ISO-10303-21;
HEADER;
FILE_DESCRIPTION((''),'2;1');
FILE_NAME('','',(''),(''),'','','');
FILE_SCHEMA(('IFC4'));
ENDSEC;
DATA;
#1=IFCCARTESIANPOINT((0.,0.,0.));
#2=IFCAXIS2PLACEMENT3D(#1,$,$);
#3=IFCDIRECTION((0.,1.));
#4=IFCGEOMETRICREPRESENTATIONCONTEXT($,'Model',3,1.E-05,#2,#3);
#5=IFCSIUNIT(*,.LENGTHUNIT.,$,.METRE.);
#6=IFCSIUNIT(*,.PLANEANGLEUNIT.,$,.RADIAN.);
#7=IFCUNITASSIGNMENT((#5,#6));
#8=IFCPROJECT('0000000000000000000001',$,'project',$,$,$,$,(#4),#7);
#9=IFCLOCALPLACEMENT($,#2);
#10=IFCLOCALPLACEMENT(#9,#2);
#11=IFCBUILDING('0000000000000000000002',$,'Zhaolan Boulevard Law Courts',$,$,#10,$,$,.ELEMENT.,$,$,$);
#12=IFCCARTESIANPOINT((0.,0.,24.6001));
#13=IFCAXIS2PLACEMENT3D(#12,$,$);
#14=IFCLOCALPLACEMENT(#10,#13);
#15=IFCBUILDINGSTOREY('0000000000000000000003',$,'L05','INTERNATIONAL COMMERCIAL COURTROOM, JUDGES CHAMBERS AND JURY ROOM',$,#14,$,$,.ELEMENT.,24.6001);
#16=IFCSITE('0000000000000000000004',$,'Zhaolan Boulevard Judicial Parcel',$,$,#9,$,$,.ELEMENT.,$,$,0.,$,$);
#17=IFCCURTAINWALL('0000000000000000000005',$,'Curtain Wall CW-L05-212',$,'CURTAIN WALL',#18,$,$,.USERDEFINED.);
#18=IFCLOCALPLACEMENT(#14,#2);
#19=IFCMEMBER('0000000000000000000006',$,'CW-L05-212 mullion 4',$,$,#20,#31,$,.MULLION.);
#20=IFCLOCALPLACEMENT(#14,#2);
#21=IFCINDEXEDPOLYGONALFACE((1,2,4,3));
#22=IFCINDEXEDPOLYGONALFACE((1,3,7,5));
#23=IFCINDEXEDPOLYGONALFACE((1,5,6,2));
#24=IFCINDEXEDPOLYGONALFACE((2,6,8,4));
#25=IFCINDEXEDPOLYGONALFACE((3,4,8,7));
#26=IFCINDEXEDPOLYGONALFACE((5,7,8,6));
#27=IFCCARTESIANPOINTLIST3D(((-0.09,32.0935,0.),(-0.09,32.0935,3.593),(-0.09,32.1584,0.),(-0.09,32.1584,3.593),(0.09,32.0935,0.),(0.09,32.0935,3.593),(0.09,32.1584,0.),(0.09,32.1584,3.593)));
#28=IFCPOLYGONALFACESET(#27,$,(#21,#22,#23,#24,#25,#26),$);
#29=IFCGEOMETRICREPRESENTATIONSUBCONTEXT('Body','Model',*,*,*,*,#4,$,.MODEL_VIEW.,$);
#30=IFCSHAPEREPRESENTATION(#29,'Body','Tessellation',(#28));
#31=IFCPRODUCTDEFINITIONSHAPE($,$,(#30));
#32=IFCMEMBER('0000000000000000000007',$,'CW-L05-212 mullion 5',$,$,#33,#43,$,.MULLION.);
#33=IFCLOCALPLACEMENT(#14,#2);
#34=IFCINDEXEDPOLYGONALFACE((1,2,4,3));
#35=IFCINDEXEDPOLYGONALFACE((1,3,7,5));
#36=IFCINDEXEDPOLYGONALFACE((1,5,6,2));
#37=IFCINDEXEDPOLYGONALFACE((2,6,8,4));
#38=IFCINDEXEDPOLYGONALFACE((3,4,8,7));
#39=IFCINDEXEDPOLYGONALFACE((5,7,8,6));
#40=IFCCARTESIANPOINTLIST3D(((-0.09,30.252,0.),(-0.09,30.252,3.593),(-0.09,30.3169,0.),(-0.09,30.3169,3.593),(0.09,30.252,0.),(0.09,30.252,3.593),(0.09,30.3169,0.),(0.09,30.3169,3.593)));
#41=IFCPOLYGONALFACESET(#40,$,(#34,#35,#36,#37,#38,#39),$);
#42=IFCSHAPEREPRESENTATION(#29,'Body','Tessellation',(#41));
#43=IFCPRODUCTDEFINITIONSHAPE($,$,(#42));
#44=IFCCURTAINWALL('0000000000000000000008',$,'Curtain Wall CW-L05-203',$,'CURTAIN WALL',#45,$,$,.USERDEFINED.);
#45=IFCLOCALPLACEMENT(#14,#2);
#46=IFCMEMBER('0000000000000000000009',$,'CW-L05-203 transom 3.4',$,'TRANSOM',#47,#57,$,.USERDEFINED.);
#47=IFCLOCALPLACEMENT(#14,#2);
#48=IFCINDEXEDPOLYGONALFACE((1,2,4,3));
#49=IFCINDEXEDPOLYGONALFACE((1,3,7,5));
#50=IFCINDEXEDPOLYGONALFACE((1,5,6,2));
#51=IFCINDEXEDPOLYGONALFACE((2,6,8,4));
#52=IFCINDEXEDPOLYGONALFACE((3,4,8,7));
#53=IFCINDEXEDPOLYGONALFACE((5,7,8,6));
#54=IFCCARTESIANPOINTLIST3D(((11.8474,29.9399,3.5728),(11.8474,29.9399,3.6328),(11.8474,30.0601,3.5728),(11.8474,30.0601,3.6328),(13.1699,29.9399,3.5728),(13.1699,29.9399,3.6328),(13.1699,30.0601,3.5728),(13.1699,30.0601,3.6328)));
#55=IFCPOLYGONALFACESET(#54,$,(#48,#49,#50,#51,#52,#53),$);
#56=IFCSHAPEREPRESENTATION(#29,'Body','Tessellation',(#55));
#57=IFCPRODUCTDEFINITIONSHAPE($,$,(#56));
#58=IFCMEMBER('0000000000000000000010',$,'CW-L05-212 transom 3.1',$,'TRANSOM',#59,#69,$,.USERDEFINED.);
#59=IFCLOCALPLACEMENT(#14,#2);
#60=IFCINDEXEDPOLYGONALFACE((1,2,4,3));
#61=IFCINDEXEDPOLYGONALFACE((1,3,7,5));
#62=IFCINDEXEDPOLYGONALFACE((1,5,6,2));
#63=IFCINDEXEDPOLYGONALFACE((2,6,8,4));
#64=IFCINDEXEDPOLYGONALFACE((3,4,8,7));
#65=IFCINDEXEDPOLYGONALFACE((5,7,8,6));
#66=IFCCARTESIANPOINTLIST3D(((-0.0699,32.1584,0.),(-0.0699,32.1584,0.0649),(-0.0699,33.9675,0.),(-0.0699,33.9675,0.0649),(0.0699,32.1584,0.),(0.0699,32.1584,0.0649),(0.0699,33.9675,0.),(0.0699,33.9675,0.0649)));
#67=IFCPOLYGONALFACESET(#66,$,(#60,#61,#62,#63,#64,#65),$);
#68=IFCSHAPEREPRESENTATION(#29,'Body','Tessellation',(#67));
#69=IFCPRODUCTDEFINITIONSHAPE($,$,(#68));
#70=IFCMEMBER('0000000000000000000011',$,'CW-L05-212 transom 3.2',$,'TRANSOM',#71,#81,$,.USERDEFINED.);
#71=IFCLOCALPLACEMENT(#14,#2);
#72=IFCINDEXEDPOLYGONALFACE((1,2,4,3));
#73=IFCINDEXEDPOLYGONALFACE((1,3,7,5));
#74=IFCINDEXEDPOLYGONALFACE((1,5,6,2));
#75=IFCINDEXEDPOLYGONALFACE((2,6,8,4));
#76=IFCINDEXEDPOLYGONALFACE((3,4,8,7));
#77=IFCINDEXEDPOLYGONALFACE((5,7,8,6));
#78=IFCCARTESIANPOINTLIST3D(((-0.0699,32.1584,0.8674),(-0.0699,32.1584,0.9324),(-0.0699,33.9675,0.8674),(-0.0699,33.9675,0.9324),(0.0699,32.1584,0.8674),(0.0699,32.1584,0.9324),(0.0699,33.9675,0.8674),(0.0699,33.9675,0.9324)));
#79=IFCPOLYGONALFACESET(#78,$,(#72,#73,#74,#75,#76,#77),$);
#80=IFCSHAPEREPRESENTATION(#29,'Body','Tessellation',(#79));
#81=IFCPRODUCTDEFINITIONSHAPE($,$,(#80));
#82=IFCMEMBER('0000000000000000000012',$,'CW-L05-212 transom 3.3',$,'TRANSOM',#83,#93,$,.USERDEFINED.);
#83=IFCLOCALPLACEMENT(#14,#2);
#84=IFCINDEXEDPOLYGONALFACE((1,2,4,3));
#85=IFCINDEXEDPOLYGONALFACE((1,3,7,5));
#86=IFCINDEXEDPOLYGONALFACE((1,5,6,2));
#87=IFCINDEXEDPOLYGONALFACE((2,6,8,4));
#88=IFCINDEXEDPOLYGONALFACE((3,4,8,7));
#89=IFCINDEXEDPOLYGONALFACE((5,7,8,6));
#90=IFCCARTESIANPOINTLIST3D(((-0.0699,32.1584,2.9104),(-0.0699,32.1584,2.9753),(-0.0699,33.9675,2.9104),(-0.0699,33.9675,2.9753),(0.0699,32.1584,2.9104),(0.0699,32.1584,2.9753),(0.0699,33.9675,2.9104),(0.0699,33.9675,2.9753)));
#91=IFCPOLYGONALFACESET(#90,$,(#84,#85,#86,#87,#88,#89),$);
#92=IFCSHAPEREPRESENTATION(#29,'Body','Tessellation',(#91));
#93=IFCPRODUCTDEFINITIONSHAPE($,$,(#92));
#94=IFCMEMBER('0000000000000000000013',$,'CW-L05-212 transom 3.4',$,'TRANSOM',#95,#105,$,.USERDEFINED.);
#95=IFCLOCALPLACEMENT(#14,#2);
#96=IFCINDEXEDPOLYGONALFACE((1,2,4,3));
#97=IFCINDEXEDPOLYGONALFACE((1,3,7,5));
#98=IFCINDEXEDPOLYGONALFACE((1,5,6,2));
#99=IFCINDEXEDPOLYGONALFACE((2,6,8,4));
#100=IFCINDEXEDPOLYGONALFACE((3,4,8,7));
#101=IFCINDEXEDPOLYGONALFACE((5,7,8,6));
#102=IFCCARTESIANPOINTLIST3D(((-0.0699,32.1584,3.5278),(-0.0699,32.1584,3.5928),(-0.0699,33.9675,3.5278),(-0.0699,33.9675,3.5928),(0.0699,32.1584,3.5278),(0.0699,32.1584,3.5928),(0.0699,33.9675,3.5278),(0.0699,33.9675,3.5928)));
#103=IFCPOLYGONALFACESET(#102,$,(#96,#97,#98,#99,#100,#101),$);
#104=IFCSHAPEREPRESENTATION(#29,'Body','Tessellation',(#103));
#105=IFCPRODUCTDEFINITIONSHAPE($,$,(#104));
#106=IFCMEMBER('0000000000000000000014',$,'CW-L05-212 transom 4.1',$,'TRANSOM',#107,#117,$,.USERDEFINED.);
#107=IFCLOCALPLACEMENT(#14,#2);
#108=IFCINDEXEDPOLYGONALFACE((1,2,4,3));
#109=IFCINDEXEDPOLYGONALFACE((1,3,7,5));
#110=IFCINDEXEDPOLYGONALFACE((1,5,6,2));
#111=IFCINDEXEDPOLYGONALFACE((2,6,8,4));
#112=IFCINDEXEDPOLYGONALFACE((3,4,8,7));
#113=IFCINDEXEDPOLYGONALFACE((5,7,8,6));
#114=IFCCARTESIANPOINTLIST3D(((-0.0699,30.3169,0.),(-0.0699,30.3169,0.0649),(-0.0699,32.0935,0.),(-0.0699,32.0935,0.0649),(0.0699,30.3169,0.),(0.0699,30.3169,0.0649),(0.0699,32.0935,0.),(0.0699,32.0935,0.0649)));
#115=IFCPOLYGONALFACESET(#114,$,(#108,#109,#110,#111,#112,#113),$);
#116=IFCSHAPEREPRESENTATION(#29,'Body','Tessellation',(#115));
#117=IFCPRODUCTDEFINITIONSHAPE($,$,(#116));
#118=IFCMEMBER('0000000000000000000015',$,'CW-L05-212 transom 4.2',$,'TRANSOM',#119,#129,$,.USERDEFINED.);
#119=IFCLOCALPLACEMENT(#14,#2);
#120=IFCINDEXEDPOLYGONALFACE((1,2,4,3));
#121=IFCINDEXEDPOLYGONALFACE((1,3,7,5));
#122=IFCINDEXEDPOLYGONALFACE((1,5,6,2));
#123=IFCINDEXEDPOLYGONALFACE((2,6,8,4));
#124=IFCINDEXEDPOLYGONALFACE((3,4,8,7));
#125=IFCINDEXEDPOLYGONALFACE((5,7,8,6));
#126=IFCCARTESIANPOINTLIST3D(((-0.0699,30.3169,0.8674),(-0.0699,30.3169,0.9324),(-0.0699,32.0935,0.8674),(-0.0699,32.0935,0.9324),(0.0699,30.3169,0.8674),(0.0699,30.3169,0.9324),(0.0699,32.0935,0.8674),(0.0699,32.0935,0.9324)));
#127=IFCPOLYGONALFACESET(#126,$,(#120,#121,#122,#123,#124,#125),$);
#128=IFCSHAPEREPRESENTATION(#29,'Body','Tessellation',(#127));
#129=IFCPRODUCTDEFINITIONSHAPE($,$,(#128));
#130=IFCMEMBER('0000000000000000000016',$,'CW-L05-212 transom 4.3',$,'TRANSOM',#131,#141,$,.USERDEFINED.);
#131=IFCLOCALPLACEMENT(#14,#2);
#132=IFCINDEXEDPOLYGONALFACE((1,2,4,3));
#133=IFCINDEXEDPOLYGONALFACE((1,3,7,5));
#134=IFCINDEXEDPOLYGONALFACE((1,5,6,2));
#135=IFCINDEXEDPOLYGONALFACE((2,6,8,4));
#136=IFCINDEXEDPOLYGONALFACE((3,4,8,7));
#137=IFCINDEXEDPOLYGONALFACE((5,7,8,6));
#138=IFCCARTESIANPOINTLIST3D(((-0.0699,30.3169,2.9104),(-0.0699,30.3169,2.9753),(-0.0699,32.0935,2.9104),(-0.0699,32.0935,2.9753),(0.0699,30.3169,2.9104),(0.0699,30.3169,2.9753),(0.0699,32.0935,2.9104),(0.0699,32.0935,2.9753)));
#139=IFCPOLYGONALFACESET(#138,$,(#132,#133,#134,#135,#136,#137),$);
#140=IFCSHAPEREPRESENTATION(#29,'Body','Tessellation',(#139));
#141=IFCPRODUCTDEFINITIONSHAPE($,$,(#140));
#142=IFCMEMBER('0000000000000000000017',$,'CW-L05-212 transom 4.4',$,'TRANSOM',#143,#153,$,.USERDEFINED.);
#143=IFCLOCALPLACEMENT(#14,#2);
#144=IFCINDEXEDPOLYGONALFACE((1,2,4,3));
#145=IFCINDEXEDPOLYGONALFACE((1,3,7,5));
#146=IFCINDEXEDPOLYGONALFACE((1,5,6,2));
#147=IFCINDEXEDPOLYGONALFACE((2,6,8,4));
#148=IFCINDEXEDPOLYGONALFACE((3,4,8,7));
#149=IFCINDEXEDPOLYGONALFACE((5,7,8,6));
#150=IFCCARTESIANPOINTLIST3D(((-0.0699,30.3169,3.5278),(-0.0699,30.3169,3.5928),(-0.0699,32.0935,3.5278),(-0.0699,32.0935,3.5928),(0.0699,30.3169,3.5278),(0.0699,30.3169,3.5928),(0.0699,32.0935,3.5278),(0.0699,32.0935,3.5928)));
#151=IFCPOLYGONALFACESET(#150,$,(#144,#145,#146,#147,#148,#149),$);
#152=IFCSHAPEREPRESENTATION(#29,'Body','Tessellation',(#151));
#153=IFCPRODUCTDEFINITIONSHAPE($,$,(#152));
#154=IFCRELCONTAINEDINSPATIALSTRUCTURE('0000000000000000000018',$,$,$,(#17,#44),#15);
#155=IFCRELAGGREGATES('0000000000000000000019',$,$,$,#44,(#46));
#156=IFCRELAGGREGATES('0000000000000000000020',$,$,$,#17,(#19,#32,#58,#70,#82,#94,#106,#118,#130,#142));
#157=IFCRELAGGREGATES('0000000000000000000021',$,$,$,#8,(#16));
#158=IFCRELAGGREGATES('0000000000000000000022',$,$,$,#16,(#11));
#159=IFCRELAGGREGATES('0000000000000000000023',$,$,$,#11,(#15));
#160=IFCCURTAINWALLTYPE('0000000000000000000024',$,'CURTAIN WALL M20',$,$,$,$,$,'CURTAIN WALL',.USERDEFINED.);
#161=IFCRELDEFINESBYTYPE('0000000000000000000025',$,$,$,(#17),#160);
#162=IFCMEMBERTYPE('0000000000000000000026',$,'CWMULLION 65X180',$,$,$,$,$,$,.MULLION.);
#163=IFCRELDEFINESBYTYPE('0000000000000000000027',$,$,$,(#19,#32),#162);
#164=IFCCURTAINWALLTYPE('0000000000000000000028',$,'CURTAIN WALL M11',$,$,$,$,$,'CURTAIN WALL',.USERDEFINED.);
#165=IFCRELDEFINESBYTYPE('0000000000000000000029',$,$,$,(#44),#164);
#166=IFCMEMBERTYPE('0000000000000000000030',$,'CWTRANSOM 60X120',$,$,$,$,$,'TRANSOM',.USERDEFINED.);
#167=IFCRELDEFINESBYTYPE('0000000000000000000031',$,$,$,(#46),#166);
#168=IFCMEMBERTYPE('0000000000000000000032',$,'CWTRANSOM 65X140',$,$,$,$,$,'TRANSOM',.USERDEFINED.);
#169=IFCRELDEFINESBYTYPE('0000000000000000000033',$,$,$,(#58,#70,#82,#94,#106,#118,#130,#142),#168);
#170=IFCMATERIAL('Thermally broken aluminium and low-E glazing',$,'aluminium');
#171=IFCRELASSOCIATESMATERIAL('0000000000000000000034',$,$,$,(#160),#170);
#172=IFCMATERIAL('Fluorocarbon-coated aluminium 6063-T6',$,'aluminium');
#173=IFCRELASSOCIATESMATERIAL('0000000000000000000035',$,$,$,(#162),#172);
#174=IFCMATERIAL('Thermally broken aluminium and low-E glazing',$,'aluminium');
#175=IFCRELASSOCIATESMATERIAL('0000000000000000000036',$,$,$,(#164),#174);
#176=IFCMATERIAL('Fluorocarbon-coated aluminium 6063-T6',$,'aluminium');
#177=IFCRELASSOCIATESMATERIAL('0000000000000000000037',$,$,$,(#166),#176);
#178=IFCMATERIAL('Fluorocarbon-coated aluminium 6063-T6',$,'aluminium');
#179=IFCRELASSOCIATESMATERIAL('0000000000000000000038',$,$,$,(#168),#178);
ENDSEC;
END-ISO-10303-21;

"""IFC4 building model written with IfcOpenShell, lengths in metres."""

from ifc_helpers import new_model, si_unit, direction, frame, origin, origin_2d, place, context, subcontext, project, spatial, rectangle, extrude, material, material_profile, profile_set, type_object, element, aggregate, save


model = new_model("IFC4")

# Units and contexts
model_context = context("Model", 3, precision=1e-05, world=origin(), true_north=direction((0.0, 1.0)))
body_context = subcontext(model_context, "Body", "Model", "MODEL_VIEW")
ifc_project = project(units=[si_unit("LENGTHUNIT", "METRE"), si_unit("PLANEANGLEUNIT", "RADIAN")], contexts=[model_context])

# Site, building, storey
site_placement = place(None, origin())
site = spatial("IfcSite", under=ifc_project, at=site_placement, Name="Zhaolan Boulevard Judicial Parcel", CompositionType="ELEMENT", RefElevation=0.0)
building_placement = place(site_placement, origin())
building = spatial("IfcBuilding", under=site, at=building_placement, Name="Zhaolan Boulevard Law Courts", CompositionType="ELEMENT")
storey_placement = place(building_placement, frame((0.0, 0.0, 24.6001)))
storey = spatial("IfcBuildingStorey", under=building, at=storey_placement, Name="L05", Description="INTERNATIONAL COMMERCIAL COURTROOM, JUDGES CHAMBERS AND JURY ROOM", CompositionType="ELEMENT", Elevation=24.6001)

# Curtain wall, members
ifc_material_1 = material(Name="Thermally broken aluminium and low-E glazing", Category="aluminium")
curtain_wall_type_1 = type_object("IfcCurtainWallType", Name="CURTAIN WALL M20", ElementType="CURTAIN WALL", PredefinedType="USERDEFINED", material=ifc_material_1)
curtain_wall_1_placement = place(storey_placement, origin())
curtain_wall_1 = element("IfcCurtainWall", 1, at=curtain_wall_1_placement, inside=storey, type_object=curtain_wall_type_1, Name="Curtain Wall CW-L05-212", ObjectType="CURTAIN WALL", PredefinedType="USERDEFINED")
ifc_material_2 = material(Name="Fluorocarbon-coated aluminium 6063-T6", Category="aluminium")
ifc_material_profile_1 = material_profile(ifc_material_2, rectangle(XDim=0.1799, YDim=0.0649, at=origin_2d()), Name="AL65x180")
ifc_profile_set_1 = profile_set([ifc_material_profile_1], Name="Fluorocarbon-coated aluminium 6063-T6")
member_type_1 = type_object("IfcMemberType", Name="CWMULLION 65X180", PredefinedType="MULLION", material=ifc_profile_set_1)
member_1_placement = place(storey_placement, frame((0.0, 32.126, 0.0), z_axis=(0.0, 0.0, 1.0), x_axis=(1.0, 0.0, 0.0)))
member_1 = element("IfcMember", 2, at=member_1_placement, type_object=member_type_1, Name="CW-L05-212 mullion 4", PredefinedType="MULLION", context=body_context, shape_type="SweptSolid", body=[
    extrude(rectangle(XDim=0.1799, YDim=0.0649, at=origin_2d()), origin(), (0.0, 0.0, 1.0), 3.593),
])
member_2_placement = place(storey_placement, frame((0.0, 30.2844, 0.0), z_axis=(0.0, 0.0, 1.0), x_axis=(1.0, 0.0, 0.0)))
member_2 = element("IfcMember", 3, at=member_2_placement, type_object=member_type_1, Name="CW-L05-212 mullion 5", PredefinedType="MULLION", context=body_context, shape_type="SweptSolid", body=[
    extrude(rectangle(XDim=0.1799, YDim=0.0649, at=origin_2d()), origin(), (0.0, 0.0, 1.0), 3.593),
])

# Curtain wall, member
ifc_material_3 = material(Name="Thermally broken aluminium and low-E glazing", Category="aluminium")
curtain_wall_type_2 = type_object("IfcCurtainWallType", Name="CURTAIN WALL M11", ElementType="CURTAIN WALL", PredefinedType="USERDEFINED", material=ifc_material_3)
curtain_wall_2_placement = place(storey_placement, origin())
curtain_wall_2 = element("IfcCurtainWall", 4, at=curtain_wall_2_placement, inside=storey, type_object=curtain_wall_type_2, Name="Curtain Wall CW-L05-203", ObjectType="CURTAIN WALL", PredefinedType="USERDEFINED")
ifc_material_4 = material(Name="Fluorocarbon-coated aluminium 6063-T6", Category="aluminium")
ifc_material_profile_2 = material_profile(ifc_material_4, rectangle(XDim=0.1201, YDim=0.0601, at=origin_2d()), Name="AL60x120")
ifc_profile_set_2 = profile_set([ifc_material_profile_2], Name="Fluorocarbon-coated aluminium 6063-T6")
member_type_2 = type_object("IfcMemberType", Name="CWTRANSOM 60X120", ElementType="TRANSOM", PredefinedType="USERDEFINED", material=ifc_profile_set_2)
member_3_placement = place(storey_placement, frame((11.8474, 30.0, 3.6028), z_axis=(1.0, 0.0, 0.0), x_axis=(0.0, 1.0, 0.0)))
member_3 = element("IfcMember", 5, at=member_3_placement, type_object=member_type_2, Name="CW-L05-203 transom 3.4", ObjectType="TRANSOM", PredefinedType="USERDEFINED", context=body_context, shape_type="SweptSolid", body=[
    extrude(rectangle(XDim=0.1201, YDim=0.0601, at=origin_2d()), origin(), (0.0, 0.0, 1.0), 1.3225),
])

# Members
ifc_material_5 = material(Name="Fluorocarbon-coated aluminium 6063-T6", Category="aluminium")
ifc_material_profile_3 = material_profile(ifc_material_5, rectangle(XDim=0.1399, YDim=0.0649, at=origin_2d()), Name="AL65x140")
ifc_profile_set_3 = profile_set([ifc_material_profile_3], Name="Fluorocarbon-coated aluminium 6063-T6")
member_type_3 = type_object("IfcMemberType", Name="CWTRANSOM 65X140", ElementType="TRANSOM", PredefinedType="USERDEFINED", material=ifc_profile_set_3)
member_4_placement = place(storey_placement, frame((0.0, 33.9675, 0.0325), z_axis=(0.0, -1.0, 0.0), x_axis=(1.0, 0.0, 0.0)))
member_4 = element("IfcMember", 6, at=member_4_placement, type_object=member_type_3, Name="CW-L05-212 transom 3.1", ObjectType="TRANSOM", PredefinedType="USERDEFINED", context=body_context, shape_type="SweptSolid", body=[
    extrude(rectangle(XDim=0.1399, YDim=0.0649, at=origin_2d()), origin(), (0.0, 0.0, 1.0), 1.8091),
])
member_5_placement = place(storey_placement, frame((0.0, 33.9675, 0.8999), z_axis=(0.0, -1.0, 0.0), x_axis=(1.0, 0.0, 0.0)))
member_5 = element("IfcMember", 7, at=member_5_placement, type_object=member_type_3, Name="CW-L05-212 transom 3.2", ObjectType="TRANSOM", PredefinedType="USERDEFINED", context=body_context, shape_type="SweptSolid", body=[
    extrude(rectangle(XDim=0.1399, YDim=0.0649, at=origin_2d()), origin(), (0.0, 0.0, 1.0), 1.8091),
])
member_6_placement = place(storey_placement, frame((0.0, 33.9675, 2.9429), z_axis=(0.0, -1.0, 0.0), x_axis=(1.0, 0.0, 0.0)))
member_6 = element("IfcMember", 8, at=member_6_placement, type_object=member_type_3, Name="CW-L05-212 transom 3.3", ObjectType="TRANSOM", PredefinedType="USERDEFINED", context=body_context, shape_type="SweptSolid", body=[
    extrude(rectangle(XDim=0.1399, YDim=0.0649, at=origin_2d()), origin(), (0.0, 0.0, 1.0), 1.8091),
])
member_7_placement = place(storey_placement, frame((0.0, 33.9675, 3.5603), z_axis=(0.0, -1.0, 0.0), x_axis=(1.0, 0.0, 0.0)))
member_7 = element("IfcMember", 9, at=member_7_placement, type_object=member_type_3, Name="CW-L05-212 transom 3.4", ObjectType="TRANSOM", PredefinedType="USERDEFINED", context=body_context, shape_type="SweptSolid", body=[
    extrude(rectangle(XDim=0.1399, YDim=0.0649, at=origin_2d()), origin(), (0.0, 0.0, 1.0), 1.8091),
])
member_8_placement = place(storey_placement, frame((0.0, 32.0935, 0.0325), z_axis=(0.0, -1.0, 0.0), x_axis=(1.0, 0.0, 0.0)))
member_8 = element("IfcMember", 10, at=member_8_placement, type_object=member_type_3, Name="CW-L05-212 transom 4.1", ObjectType="TRANSOM", PredefinedType="USERDEFINED", context=body_context, shape_type="SweptSolid", body=[
    extrude(rectangle(XDim=0.1399, YDim=0.0649, at=origin_2d()), origin(), (0.0, 0.0, 1.0), 1.7766),
])
member_9_placement = place(storey_placement, frame((0.0, 32.0935, 0.8999), z_axis=(0.0, -1.0, 0.0), x_axis=(1.0, 0.0, 0.0)))
member_9 = element("IfcMember", 11, at=member_9_placement, type_object=member_type_3, Name="CW-L05-212 transom 4.2", ObjectType="TRANSOM", PredefinedType="USERDEFINED", context=body_context, shape_type="SweptSolid", body=[
    extrude(rectangle(XDim=0.1399, YDim=0.0649, at=origin_2d()), origin(), (0.0, 0.0, 1.0), 1.7766),
])
member_10_placement = place(storey_placement, frame((0.0, 32.0935, 2.9429), z_axis=(0.0, -1.0, 0.0), x_axis=(1.0, 0.0, 0.0)))
member_10 = element("IfcMember", 12, at=member_10_placement, type_object=member_type_3, Name="CW-L05-212 transom 4.3", ObjectType="TRANSOM", PredefinedType="USERDEFINED", context=body_context, shape_type="SweptSolid", body=[
    extrude(rectangle(XDim=0.1399, YDim=0.0649, at=origin_2d()), origin(), (0.0, 0.0, 1.0), 1.7766),
])
member_11_placement = place(storey_placement, frame((0.0, 32.0935, 3.5603), z_axis=(0.0, -1.0, 0.0), x_axis=(1.0, 0.0, 0.0)))
member_11 = element("IfcMember", 13, at=member_11_placement, type_object=member_type_3, Name="CW-L05-212 transom 4.4", ObjectType="TRANSOM", PredefinedType="USERDEFINED", context=body_context, shape_type="SweptSolid", body=[
    extrude(rectangle(XDim=0.1399, YDim=0.0649, at=origin_2d()), origin(), (0.0, 0.0, 1.0), 1.7766),
])

aggregate(curtain_wall_2, [member_3])
aggregate(curtain_wall_1, [member_1, member_2, member_4, member_5, member_6, member_7, member_8, member_9, member_10, member_11])

save(model, "model.ifc")
